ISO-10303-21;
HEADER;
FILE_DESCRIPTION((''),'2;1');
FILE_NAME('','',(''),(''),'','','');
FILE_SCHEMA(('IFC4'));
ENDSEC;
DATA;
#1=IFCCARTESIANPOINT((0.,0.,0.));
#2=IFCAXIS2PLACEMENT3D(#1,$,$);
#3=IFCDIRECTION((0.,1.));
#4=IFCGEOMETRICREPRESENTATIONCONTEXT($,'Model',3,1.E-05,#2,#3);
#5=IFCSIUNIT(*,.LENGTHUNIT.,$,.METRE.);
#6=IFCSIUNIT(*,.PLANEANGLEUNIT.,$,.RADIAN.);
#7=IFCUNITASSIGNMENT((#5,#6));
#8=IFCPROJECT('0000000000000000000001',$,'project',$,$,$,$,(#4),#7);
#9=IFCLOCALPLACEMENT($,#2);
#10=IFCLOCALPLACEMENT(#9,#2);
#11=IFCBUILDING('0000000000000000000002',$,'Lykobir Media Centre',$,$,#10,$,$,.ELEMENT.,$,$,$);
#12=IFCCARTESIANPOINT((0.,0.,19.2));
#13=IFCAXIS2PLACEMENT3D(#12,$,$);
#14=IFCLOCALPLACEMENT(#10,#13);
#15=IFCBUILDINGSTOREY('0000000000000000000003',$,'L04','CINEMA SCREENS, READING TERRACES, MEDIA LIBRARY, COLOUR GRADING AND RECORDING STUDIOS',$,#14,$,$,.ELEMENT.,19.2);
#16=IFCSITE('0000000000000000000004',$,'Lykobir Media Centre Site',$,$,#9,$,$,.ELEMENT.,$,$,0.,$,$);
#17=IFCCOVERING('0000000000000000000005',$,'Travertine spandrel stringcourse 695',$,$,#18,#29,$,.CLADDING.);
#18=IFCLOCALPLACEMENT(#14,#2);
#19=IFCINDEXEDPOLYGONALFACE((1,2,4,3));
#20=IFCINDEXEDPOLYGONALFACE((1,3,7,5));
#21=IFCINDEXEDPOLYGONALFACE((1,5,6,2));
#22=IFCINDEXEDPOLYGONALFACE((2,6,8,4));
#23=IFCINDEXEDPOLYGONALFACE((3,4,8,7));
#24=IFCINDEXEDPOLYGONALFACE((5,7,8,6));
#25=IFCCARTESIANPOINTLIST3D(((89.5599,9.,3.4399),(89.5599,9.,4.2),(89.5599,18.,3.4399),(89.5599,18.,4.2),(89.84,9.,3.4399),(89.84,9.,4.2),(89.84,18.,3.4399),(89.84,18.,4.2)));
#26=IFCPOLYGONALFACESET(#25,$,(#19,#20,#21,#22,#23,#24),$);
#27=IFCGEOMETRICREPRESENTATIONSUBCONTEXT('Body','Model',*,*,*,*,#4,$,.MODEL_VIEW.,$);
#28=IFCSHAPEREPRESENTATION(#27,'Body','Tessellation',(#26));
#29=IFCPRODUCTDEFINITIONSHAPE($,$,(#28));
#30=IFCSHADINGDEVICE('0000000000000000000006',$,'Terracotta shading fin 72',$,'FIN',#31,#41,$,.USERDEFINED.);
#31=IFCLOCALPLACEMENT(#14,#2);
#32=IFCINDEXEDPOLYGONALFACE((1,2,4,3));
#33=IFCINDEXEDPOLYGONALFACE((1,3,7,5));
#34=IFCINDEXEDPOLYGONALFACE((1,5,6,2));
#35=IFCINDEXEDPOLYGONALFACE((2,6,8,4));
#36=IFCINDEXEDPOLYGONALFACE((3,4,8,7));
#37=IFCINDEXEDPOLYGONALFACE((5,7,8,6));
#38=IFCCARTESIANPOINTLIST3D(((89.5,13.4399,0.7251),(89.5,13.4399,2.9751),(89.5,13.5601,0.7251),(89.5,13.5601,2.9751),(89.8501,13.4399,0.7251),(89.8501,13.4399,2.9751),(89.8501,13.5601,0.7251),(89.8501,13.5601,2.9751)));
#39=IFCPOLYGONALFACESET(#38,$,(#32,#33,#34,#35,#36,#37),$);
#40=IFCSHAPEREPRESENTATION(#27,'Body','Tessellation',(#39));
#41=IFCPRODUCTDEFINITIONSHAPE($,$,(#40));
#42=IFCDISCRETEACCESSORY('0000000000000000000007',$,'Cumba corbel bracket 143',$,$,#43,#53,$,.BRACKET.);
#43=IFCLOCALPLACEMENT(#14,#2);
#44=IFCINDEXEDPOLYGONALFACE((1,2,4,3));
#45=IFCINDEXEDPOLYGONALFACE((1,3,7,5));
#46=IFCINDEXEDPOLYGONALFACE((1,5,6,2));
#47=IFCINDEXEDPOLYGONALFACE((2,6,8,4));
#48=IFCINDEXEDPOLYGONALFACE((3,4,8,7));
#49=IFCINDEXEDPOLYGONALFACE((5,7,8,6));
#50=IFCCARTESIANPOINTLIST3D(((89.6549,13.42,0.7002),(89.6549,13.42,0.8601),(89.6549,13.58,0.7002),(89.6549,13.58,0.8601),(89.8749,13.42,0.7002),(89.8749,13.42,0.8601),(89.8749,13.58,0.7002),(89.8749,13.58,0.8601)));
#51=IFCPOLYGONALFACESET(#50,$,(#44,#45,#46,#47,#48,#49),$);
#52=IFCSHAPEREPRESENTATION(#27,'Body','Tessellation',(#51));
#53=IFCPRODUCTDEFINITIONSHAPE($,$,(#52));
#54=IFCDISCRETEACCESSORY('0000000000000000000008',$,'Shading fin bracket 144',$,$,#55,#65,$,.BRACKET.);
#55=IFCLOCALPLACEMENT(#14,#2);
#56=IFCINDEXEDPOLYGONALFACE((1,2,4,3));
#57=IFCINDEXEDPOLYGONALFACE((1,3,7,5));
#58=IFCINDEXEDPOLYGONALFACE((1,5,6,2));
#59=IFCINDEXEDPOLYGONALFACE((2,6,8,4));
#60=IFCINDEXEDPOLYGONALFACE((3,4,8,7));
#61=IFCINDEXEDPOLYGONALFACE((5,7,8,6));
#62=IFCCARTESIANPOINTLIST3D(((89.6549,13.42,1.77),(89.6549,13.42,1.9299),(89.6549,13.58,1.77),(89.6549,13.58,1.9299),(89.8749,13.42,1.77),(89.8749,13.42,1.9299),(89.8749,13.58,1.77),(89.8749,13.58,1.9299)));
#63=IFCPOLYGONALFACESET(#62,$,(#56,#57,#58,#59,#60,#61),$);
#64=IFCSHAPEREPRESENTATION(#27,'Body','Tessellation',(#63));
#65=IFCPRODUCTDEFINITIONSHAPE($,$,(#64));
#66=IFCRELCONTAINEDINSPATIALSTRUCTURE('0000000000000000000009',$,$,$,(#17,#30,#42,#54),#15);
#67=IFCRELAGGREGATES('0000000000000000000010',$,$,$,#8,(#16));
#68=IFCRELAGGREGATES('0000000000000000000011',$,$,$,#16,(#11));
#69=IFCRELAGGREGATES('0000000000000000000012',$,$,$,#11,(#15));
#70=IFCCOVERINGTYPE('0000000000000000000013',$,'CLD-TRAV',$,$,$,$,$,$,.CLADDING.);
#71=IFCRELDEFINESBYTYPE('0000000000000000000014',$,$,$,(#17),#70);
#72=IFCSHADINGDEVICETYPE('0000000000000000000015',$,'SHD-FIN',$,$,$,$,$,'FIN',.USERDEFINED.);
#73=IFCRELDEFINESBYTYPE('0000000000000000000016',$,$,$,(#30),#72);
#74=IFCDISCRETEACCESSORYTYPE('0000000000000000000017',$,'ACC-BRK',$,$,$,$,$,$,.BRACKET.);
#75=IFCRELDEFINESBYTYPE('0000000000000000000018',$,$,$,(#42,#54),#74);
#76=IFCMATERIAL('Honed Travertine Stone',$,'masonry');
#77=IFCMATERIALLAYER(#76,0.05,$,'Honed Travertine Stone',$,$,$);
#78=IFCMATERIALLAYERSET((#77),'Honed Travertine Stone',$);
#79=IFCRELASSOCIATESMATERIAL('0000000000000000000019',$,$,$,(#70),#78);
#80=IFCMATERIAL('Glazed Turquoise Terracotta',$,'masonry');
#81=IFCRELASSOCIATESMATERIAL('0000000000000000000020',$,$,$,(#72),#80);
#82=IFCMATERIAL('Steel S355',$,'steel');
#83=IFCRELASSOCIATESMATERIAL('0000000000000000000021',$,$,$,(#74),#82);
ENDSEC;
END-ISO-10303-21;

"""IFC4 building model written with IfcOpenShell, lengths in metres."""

from ifc_helpers import new_model, si_unit, direction, frame, origin, origin_2d, place, context, subcontext, project, spatial, rectangle, extrude, material, layer, layer_set, type_object, element, save


model = new_model("IFC4")

# Units and contexts
model_context = context("Model", 3, precision=1e-05, world=origin(), true_north=direction((0.0, 1.0)))
body_context = subcontext(model_context, "Body", "Model", "MODEL_VIEW")
ifc_project = project(units=[si_unit("LENGTHUNIT", "METRE"), si_unit("PLANEANGLEUNIT", "RADIAN")], contexts=[model_context])

# Site, building, storey
site_placement = place(None, origin())
site = spatial("IfcSite", under=ifc_project, at=site_placement, Name="Lykobir Media Centre Site", CompositionType="ELEMENT", RefElevation=0.0)
building_placement = place(site_placement, origin())
building = spatial("IfcBuilding", under=site, at=building_placement, Name="Lykobir Media Centre", CompositionType="ELEMENT")
storey_placement = place(building_placement, frame((0.0, 0.0, 19.2)))
storey = spatial("IfcBuildingStorey", under=building, at=storey_placement, Name="L04", Description="CINEMA SCREENS, READING TERRACES, MEDIA LIBRARY, COLOUR GRADING AND RECORDING STUDIOS", CompositionType="ELEMENT", Elevation=19.2)

# Shared definitions
ifc_material_1 = material(Name="Steel S355", Category="steel")

# Shared definitions
ifc_material_2 = material(Name="Glazed Turquoise Terracotta", Category="masonry")

# Covering
ifc_material_3 = material(Name="Honed Travertine Stone", Category="masonry")
ifc_layer_1 = layer(ifc_material_3, 0.05, Name="Honed Travertine Stone")
ifc_layer_set_1 = layer_set([ifc_layer_1], Name="Honed Travertine Stone")
covering_type_1 = type_object("IfcCoveringType", Name="CLD-TRAV", PredefinedType="CLADDING", material=ifc_layer_set_1)
covering_1_placement = place(storey_placement, frame((89.7, 13.5, 3.4399), z_axis=(0.0, 0.0, 1.0), x_axis=(0.0, -1.0, 0.0)))
element("IfcCovering", 1, at=covering_1_placement, inside=storey, type_object=covering_type_1, Name="Travertine spandrel stringcourse 695", PredefinedType="CLADDING", context=body_context, shape_type="SweptSolid", body=[
    extrude(rectangle(XDim=9.0, YDim=0.28, at=origin_2d()), origin(), (0.0, 0.0, 1.0), 0.76),
])

# Shading device
shading_device_type = type_object("IfcShadingDeviceType", Name="SHD-FIN", ElementType="FIN", PredefinedType="USERDEFINED", material=ifc_material_2)
shading_device_placement = place(storey_placement, frame((89.675, 13.5, 0.7251), z_axis=(0.0, 0.0, 1.0), x_axis=(0.0, -1.0, 0.0)))
element("IfcShadingDevice", 2, at=shading_device_placement, inside=storey, type_object=shading_device_type, Name="Terracotta shading fin 72", ObjectType="FIN", PredefinedType="USERDEFINED", context=body_context, shape_type="SweptSolid", body=[
    extrude(rectangle(XDim=0.1201, YDim=0.3501, at=origin_2d()), origin(), (0.0, 0.0, 1.0), 2.25),
])

# Discrete accessories
discrete_accessory_type = type_object("IfcDiscreteAccessoryType", Name="ACC-BRK", PredefinedType="BRACKET", material=ifc_material_1)
for number, where, z_axis, x_axis, name in (
    (3, (89.7649, 13.5, 0.7002), (0.0, 0.0, 1.0), (0.0, -1.0, 0.0), "Cumba corbel bracket 143"),
    (4, (89.7649, 13.5, 1.77), (0.0, 0.0, 1.0), (0.0, -1.0, 0.0), "Shading fin bracket 144"),
):
    element("IfcDiscreteAccessory", number, at=place(storey_placement, frame(where, z_axis=z_axis, x_axis=x_axis)), inside=storey, type_object=discrete_accessory_type, Name=name, PredefinedType="BRACKET", context=body_context, shape_type="SweptSolid", body=[
        extrude(rectangle(XDim=0.1599, YDim=0.22, at=origin_2d()), origin(), (0.0, 0.0, 1.0), 0.1599),
    ])

save(model, "model.ifc")
